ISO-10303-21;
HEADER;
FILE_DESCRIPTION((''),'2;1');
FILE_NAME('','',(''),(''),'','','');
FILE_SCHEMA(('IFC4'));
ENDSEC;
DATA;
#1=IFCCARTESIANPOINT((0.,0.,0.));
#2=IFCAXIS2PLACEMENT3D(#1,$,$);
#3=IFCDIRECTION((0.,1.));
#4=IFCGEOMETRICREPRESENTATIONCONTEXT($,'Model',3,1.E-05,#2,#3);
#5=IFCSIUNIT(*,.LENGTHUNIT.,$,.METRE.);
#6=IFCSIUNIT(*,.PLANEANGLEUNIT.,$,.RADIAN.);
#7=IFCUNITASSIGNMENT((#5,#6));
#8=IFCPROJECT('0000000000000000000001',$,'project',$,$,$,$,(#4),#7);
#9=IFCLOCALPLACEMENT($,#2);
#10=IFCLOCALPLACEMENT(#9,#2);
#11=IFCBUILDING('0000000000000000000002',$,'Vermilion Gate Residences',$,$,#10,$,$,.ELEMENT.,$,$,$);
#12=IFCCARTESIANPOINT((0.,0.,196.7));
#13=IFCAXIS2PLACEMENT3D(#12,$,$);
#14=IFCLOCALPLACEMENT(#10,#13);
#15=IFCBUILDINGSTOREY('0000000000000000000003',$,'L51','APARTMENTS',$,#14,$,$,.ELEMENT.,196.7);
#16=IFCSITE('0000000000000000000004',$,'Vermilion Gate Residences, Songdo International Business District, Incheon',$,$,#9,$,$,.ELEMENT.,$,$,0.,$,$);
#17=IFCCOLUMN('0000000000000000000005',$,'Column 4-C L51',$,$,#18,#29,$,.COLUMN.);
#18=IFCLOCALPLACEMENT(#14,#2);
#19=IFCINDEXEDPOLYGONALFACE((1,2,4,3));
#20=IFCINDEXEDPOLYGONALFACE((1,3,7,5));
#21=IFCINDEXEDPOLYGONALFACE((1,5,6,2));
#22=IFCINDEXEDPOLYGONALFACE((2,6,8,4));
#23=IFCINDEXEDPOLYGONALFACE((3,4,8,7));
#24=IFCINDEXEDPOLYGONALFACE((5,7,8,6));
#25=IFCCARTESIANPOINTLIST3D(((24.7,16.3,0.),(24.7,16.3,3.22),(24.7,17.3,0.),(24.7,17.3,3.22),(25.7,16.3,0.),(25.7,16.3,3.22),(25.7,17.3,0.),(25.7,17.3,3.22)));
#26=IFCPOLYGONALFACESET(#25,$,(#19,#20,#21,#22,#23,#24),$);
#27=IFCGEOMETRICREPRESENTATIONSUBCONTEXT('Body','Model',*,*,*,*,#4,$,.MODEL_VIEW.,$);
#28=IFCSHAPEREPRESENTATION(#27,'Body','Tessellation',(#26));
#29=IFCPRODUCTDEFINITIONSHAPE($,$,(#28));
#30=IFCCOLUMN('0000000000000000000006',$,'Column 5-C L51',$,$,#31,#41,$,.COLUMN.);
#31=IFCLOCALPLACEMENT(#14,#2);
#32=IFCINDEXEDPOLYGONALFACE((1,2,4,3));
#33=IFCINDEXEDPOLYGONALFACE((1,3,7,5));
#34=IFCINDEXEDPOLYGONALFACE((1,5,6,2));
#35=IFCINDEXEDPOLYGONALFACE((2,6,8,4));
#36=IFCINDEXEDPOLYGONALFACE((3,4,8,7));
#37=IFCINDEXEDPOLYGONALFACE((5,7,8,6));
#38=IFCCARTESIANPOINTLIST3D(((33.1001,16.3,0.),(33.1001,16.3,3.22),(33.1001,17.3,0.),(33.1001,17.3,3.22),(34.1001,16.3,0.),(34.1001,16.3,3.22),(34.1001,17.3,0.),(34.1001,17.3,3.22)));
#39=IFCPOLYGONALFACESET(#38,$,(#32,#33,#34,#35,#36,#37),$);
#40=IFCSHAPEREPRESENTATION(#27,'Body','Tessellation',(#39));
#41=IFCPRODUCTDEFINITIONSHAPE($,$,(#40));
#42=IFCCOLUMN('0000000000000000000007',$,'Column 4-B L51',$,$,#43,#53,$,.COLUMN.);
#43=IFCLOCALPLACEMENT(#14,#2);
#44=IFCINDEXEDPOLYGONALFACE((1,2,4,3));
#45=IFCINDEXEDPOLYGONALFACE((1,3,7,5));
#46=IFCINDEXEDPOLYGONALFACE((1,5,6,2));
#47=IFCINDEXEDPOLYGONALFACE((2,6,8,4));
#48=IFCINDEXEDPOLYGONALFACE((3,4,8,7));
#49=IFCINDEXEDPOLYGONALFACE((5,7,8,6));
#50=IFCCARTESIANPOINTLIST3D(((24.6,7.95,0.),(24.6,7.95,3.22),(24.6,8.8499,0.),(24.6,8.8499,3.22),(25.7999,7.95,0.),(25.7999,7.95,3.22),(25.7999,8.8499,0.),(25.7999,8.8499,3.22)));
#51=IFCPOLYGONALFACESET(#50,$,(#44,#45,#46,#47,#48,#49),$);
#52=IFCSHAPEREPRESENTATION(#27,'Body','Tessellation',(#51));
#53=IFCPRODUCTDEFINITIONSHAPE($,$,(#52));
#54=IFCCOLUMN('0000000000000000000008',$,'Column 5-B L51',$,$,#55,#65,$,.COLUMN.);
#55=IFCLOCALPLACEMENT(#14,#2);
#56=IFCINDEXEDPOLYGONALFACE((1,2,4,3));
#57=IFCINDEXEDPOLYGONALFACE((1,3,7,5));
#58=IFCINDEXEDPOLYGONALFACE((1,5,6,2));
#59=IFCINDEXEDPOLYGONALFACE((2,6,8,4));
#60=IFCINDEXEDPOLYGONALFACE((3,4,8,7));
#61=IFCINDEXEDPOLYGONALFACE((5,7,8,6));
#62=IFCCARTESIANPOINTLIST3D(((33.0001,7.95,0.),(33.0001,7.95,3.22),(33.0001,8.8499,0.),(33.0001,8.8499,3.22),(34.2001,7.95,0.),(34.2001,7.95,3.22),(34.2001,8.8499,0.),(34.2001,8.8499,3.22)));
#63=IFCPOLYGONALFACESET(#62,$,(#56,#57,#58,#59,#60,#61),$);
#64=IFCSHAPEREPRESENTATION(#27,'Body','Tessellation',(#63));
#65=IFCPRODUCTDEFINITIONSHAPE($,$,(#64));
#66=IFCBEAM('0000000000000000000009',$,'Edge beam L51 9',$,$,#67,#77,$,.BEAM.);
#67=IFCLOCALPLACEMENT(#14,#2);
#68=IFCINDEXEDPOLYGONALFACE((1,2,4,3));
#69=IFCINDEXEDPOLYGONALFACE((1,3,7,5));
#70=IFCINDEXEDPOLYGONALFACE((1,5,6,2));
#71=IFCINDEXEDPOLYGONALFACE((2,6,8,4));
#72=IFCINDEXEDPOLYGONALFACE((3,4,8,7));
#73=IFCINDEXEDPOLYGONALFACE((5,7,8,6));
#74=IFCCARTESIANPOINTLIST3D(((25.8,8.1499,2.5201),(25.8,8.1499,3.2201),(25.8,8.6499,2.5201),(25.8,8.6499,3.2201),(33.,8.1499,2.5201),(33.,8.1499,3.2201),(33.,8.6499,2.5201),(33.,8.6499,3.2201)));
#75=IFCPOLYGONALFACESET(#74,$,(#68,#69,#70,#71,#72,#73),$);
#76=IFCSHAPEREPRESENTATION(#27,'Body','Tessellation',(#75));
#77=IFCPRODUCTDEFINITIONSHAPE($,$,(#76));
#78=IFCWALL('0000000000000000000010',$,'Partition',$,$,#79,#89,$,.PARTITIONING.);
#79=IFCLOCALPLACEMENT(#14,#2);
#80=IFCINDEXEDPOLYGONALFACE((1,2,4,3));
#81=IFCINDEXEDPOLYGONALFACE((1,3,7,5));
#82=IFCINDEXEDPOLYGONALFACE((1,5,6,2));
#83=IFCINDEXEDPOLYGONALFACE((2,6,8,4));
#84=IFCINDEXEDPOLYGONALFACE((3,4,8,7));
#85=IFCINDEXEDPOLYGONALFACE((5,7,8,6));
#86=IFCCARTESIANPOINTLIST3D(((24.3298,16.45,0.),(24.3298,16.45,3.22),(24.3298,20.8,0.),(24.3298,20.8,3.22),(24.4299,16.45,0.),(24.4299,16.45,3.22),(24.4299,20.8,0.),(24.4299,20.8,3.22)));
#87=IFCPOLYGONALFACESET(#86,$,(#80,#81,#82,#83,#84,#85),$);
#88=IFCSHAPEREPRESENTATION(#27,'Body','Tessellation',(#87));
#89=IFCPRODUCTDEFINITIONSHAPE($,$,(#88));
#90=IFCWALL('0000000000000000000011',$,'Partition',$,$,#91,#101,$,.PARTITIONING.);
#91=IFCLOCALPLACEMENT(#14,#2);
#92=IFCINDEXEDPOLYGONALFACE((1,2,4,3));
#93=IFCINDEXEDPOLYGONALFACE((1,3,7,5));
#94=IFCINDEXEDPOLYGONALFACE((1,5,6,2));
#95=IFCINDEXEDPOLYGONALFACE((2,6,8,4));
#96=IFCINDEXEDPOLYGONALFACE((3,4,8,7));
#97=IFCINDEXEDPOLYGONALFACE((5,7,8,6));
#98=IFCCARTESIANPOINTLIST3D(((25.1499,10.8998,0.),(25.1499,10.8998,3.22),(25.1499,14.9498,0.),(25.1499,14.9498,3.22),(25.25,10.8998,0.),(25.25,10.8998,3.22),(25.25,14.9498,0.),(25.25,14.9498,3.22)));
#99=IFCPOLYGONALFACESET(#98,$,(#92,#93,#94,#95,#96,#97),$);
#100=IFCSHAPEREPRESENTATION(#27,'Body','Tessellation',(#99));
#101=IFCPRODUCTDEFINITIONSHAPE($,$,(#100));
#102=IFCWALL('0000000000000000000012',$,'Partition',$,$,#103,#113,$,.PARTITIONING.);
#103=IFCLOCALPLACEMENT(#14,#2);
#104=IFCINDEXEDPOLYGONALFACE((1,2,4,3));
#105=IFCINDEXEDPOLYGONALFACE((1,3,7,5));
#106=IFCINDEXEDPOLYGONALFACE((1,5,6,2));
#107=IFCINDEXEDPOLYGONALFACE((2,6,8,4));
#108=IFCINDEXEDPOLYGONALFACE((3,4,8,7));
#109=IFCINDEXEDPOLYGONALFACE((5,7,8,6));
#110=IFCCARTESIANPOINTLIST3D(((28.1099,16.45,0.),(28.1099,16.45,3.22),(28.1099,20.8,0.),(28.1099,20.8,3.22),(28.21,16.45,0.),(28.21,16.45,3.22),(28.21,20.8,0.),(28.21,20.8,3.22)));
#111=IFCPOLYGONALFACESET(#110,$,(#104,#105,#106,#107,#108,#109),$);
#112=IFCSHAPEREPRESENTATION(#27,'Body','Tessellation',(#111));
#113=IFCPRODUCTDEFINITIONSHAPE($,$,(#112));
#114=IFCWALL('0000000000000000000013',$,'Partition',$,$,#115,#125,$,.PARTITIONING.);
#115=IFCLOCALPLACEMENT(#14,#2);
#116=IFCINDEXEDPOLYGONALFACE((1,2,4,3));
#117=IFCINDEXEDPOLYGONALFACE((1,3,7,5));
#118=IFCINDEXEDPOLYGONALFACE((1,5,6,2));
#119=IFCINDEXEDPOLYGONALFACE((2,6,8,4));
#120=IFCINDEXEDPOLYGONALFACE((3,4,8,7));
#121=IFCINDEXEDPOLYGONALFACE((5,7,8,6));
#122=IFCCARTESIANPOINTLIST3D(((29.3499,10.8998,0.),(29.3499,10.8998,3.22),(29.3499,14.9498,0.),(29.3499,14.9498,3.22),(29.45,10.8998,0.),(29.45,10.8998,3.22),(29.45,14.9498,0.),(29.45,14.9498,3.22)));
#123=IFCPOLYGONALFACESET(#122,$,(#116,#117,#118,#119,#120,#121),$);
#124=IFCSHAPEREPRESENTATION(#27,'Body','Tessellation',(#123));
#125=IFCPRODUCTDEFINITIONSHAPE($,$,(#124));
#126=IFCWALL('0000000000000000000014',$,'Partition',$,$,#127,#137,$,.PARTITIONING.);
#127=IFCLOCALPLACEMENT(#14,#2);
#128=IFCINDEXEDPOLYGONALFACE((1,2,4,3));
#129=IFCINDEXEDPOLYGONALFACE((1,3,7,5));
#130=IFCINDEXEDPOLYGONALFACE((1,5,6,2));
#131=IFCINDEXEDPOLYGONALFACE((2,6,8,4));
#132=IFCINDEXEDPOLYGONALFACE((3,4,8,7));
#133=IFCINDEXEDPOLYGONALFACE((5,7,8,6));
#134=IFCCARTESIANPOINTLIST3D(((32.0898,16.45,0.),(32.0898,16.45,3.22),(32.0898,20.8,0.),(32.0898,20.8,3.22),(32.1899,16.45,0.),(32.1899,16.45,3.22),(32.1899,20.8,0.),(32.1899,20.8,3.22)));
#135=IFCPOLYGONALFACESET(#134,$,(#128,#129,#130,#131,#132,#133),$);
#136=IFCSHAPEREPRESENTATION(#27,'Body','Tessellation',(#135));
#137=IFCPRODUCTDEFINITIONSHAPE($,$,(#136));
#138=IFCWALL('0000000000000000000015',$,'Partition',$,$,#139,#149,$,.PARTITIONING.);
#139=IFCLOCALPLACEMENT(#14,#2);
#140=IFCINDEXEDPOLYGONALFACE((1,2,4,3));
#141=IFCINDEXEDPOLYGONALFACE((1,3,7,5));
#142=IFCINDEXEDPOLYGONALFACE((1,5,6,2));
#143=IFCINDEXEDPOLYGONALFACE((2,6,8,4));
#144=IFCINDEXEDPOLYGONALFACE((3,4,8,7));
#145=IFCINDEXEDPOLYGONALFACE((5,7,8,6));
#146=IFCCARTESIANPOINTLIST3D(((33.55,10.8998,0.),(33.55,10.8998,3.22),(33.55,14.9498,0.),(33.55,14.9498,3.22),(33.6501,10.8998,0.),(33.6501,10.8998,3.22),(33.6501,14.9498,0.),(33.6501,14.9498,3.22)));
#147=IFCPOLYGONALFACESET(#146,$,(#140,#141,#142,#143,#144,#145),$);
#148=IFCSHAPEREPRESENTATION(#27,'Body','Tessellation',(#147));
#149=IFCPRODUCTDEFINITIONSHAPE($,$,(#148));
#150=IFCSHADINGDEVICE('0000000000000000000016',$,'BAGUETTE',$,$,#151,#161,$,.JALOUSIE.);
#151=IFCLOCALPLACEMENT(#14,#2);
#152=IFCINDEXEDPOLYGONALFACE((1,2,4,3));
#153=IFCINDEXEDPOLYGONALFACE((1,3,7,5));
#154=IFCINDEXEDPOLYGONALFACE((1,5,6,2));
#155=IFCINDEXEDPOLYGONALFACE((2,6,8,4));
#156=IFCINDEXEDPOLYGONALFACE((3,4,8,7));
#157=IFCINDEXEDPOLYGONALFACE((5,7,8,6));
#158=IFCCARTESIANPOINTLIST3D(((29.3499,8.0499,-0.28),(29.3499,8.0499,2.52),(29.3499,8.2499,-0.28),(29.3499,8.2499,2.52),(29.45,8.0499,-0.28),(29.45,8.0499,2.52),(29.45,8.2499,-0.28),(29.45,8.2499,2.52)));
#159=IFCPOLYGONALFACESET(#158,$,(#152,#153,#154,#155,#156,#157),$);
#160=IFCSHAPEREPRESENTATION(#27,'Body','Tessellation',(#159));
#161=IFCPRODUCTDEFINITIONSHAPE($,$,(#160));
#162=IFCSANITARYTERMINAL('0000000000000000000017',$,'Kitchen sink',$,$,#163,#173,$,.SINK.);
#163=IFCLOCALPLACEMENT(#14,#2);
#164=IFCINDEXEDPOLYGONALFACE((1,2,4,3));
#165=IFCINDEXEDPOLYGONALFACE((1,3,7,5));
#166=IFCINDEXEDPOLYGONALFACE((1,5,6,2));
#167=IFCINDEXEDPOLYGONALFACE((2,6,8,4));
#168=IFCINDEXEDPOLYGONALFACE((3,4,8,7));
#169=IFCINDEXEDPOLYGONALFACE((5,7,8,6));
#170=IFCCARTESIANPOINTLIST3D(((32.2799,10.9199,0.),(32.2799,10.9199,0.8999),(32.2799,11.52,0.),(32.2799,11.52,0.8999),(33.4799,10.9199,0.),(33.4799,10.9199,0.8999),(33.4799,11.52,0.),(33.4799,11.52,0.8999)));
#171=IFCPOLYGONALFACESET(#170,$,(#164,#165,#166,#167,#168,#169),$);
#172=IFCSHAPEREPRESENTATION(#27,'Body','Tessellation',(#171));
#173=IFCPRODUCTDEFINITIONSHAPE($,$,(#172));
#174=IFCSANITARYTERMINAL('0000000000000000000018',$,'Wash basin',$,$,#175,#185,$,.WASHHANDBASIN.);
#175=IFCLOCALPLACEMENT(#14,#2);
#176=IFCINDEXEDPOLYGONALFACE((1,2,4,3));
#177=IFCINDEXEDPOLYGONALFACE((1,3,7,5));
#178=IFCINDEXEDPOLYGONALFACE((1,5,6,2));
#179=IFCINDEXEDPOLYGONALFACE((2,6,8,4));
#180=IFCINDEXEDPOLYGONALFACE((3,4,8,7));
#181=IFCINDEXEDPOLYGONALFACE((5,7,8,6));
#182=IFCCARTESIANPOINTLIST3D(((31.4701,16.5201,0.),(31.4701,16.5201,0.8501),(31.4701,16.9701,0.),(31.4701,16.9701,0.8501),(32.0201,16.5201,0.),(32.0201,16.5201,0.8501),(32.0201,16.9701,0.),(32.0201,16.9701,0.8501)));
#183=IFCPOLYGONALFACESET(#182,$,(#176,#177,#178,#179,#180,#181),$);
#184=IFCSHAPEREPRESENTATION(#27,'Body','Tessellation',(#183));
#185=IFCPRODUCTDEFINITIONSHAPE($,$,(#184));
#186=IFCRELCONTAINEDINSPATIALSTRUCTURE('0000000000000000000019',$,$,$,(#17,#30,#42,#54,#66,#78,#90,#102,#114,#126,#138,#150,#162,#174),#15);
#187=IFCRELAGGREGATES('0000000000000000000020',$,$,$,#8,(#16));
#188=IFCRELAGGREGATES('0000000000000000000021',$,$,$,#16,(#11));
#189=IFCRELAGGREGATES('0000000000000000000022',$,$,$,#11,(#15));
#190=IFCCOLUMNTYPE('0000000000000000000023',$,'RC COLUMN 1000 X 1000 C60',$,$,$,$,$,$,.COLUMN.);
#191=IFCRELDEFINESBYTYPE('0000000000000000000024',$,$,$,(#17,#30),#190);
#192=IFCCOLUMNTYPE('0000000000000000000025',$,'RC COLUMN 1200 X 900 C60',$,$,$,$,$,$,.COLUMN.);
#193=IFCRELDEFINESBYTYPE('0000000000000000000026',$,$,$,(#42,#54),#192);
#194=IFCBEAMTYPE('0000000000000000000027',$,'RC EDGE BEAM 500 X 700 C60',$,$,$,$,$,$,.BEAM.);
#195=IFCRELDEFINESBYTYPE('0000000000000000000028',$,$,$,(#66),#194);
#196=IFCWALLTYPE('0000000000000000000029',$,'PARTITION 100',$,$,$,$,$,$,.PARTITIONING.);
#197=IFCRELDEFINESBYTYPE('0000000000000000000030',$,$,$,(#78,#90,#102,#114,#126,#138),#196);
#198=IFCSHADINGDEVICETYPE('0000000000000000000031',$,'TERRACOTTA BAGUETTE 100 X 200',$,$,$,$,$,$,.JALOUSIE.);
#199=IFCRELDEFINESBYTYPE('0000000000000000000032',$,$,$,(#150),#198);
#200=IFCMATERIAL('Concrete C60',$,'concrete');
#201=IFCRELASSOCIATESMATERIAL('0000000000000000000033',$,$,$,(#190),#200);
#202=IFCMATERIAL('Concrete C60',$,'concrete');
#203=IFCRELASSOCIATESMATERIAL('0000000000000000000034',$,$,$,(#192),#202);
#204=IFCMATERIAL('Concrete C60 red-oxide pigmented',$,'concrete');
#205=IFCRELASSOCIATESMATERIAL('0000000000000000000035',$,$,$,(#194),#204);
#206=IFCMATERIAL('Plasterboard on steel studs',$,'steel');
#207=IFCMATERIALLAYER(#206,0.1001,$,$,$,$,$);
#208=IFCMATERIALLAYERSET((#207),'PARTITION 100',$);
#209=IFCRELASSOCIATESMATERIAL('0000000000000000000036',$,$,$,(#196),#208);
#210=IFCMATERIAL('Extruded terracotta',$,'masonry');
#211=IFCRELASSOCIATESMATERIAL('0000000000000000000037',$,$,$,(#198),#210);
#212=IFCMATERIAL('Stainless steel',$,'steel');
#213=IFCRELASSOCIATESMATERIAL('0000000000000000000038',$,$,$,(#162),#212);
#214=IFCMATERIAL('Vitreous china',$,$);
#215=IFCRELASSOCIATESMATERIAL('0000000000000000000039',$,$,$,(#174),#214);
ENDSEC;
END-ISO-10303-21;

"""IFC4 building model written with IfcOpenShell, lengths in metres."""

from ifc_helpers import new_model, si_unit, direction, frame, frame_2d, origin, origin_2d, place, context, subcontext, project, spatial, rectangle, extrude, material, layer, layer_set, material_profile, profile_set, type_object, element, save


model = new_model("IFC4")

# Units and contexts
model_context = context("Model", 3, precision=1e-05, world=origin(), true_north=direction((0.0, 1.0)))
body_context = subcontext(model_context, "Body", "Model", "MODEL_VIEW")
ifc_project = project(units=[si_unit("LENGTHUNIT", "METRE"), si_unit("PLANEANGLEUNIT", "RADIAN")], contexts=[model_context])

# Site, building, storey
site_placement = place(None, origin())
site = spatial("IfcSite", under=ifc_project, at=site_placement, Name="Vermilion Gate Residences, Songdo International Business District, Incheon", CompositionType="ELEMENT", RefElevation=0.0)
building_placement = place(site_placement, origin())
building = spatial("IfcBuilding", under=site, at=building_placement, Name="Vermilion Gate Residences", CompositionType="ELEMENT")
storey_placement = place(building_placement, frame((0.0, 0.0, 196.7)))
storey = spatial("IfcBuildingStorey", under=building, at=storey_placement, Name="L51", Description="APARTMENTS", CompositionType="ELEMENT", Elevation=196.7)

# Columns
ifc_material_1 = material(Name="Concrete C60", Category="concrete")
ifc_material_profile_1 = material_profile(ifc_material_1, rectangle(XDim=1.0, YDim=1.0, at=origin_2d()), Name="RC-1000x1000")
ifc_profile_set_1 = profile_set([ifc_material_profile_1], Name="Concrete C60")
column_type_1 = type_object("IfcColumnType", Name="RC COLUMN 1000 X 1000 C60", PredefinedType="COLUMN", material=ifc_profile_set_1)
for number, where, z_axis, x_axis, name in (
    (1, (25.2, 16.8, 0.0), (0.0, 0.0, 1.0), (1.0, 0.0, 0.0), "Column 4-C L51"),
    (2, (33.6001, 16.8, 0.0), (0.0, 0.0, 1.0), (1.0, 0.0, 0.0), "Column 5-C L51"),
):
    element("IfcColumn", number, at=place(storey_placement, frame(where, z_axis=z_axis, x_axis=x_axis)), inside=storey, type_object=column_type_1, Name=name, PredefinedType="COLUMN", context=body_context, shape_type="SweptSolid", body=[
        extrude(rectangle(XDim=1.0, YDim=1.0, at=origin_2d()), origin(), (0.0, 0.0, 1.0), 3.22),
    ])
ifc_material_2 = material(Name="Concrete C60", Category="concrete")
ifc_material_profile_2 = material_profile(ifc_material_2, rectangle(XDim=1.2, YDim=0.8999, at=origin_2d()), Name="RC-1200x900")
ifc_profile_set_2 = profile_set([ifc_material_profile_2], Name="Concrete C60")
column_type_2 = type_object("IfcColumnType", Name="RC COLUMN 1200 X 900 C60", PredefinedType="COLUMN", material=ifc_profile_set_2)
for number, where, z_axis, x_axis, name in (
    (3, (25.2, 8.3999, 0.0), (0.0, 0.0, 1.0), (1.0, 0.0, 0.0), "Column 4-B L51"),
    (4, (33.6001, 8.3999, 0.0), (0.0, 0.0, 1.0), (1.0, 0.0, 0.0), "Column 5-B L51"),
):
    element("IfcColumn", number, at=place(storey_placement, frame(where, z_axis=z_axis, x_axis=x_axis)), inside=storey, type_object=column_type_2, Name=name, PredefinedType="COLUMN", context=body_context, shape_type="SweptSolid", body=[
        extrude(rectangle(XDim=1.2, YDim=0.8999, at=origin_2d()), origin(), (0.0, 0.0, 1.0), 3.22),
    ])

# Beam
ifc_material_3 = material(Name="Concrete C60 red-oxide pigmented", Category="concrete")
ifc_material_profile_3 = material_profile(ifc_material_3, rectangle(XDim=0.5, YDim=0.7, at=origin_2d()), Name="RC-500x700")
ifc_profile_set_3 = profile_set([ifc_material_profile_3], Name="Concrete C60 red-oxide pigmented")
beam_type = type_object("IfcBeamType", Name="RC EDGE BEAM 500 X 700 C60", PredefinedType="BEAM", material=ifc_profile_set_3)
beam_placement = place(storey_placement, frame((25.8, 8.3999, 2.8701), z_axis=(1.0, 0.0, 0.0), x_axis=(0.0, 1.0, 0.0)))
element("IfcBeam", 5, at=beam_placement, inside=storey, type_object=beam_type, Name="Edge beam L51 9", PredefinedType="BEAM", context=body_context, shape_type="SweptSolid", body=[
    extrude(rectangle(XDim=0.5, YDim=0.7, at=origin_2d()), origin(), (0.0, 0.0, 1.0), 7.2),
])

# Walls
ifc_material_4 = material(Name="Plasterboard on steel studs", Category="steel")
ifc_layer = layer(ifc_material_4, 0.1001)
ifc_layer_set = layer_set([ifc_layer], Name="PARTITION 100")
wall_type = type_object("IfcWallType", Name="PARTITION 100", PredefinedType="PARTITIONING", material=ifc_layer_set)
wall_1_placement = place(storey_placement, frame((24.3799, 16.45, 0.0), z_axis=(0.0, 0.0, 1.0), x_axis=(0.0, 1.0, 0.0)))
element("IfcWall", 6, at=wall_1_placement, inside=storey, type_object=wall_type, Name="Partition", PredefinedType="PARTITIONING", context=body_context, shape_type="SweptSolid", body=[
    extrude(rectangle(XDim=4.3501, YDim=0.1001, at=frame_2d((2.175, 0.0))), origin(), (0.0, 0.0, 1.0), 3.22),
])
wall_2_placement = place(storey_placement, frame((25.2, 10.8999, 0.0), z_axis=(0.0, 0.0, 1.0), x_axis=(0.0, 1.0, 0.0)))
element("IfcWall", 7, at=wall_2_placement, inside=storey, type_object=wall_type, Name="Partition", PredefinedType="PARTITIONING", context=body_context, shape_type="SweptSolid", body=[
    extrude(rectangle(XDim=4.05, YDim=0.1001, at=frame_2d((2.0249, 0.0))), origin(), (0.0, 0.0, 1.0), 3.22),
])
wall_3_placement = place(storey_placement, frame((28.1599, 16.45, 0.0), z_axis=(0.0, 0.0, 1.0), x_axis=(0.0, 1.0, 0.0)))
element("IfcWall", 8, at=wall_3_placement, inside=storey, type_object=wall_type, Name="Partition", PredefinedType="PARTITIONING", context=body_context, shape_type="SweptSolid", body=[
    extrude(rectangle(XDim=4.3501, YDim=0.1001, at=frame_2d((2.175, 0.0))), origin(), (0.0, 0.0, 1.0), 3.22),
])
wall_4_placement = place(storey_placement, frame((29.3999, 10.8999, 0.0), z_axis=(0.0, 0.0, 1.0), x_axis=(0.0, 1.0, 0.0)))
element("IfcWall", 9, at=wall_4_placement, inside=storey, type_object=wall_type, Name="Partition", PredefinedType="PARTITIONING", context=body_context, shape_type="SweptSolid", body=[
    extrude(rectangle(XDim=4.05, YDim=0.1001, at=frame_2d((2.0249, 0.0))), origin(), (0.0, 0.0, 1.0), 3.22),
])
wall_5_placement = place(storey_placement, frame((32.1399, 16.45, 0.0), z_axis=(0.0, 0.0, 1.0), x_axis=(0.0, 1.0, 0.0)))
element("IfcWall", 10, at=wall_5_placement, inside=storey, type_object=wall_type, Name="Partition", PredefinedType="PARTITIONING", context=body_context, shape_type="SweptSolid", body=[
    extrude(rectangle(XDim=4.3501, YDim=0.1001, at=frame_2d((2.175, 0.0))), origin(), (0.0, 0.0, 1.0), 3.22),
])
wall_6_placement = place(storey_placement, frame((33.6001, 10.8999, 0.0), z_axis=(0.0, 0.0, 1.0), x_axis=(0.0, 1.0, 0.0)))
element("IfcWall", 11, at=wall_6_placement, inside=storey, type_object=wall_type, Name="Partition", PredefinedType="PARTITIONING", context=body_context, shape_type="SweptSolid", body=[
    extrude(rectangle(XDim=4.05, YDim=0.1001, at=frame_2d((2.0249, 0.0))), origin(), (0.0, 0.0, 1.0), 3.22),
])

# Shading device
ifc_material_5 = material(Name="Extruded terracotta", Category="masonry")
ifc_material_profile_4 = material_profile(ifc_material_5, rectangle(XDim=0.2, YDim=0.1001, at=origin_2d()), Name="BAGUETTE 100 X 200")
ifc_profile_set_4 = profile_set([ifc_material_profile_4], Name="Extruded terracotta")
shading_device_type = type_object("IfcShadingDeviceType", Name="TERRACOTTA BAGUETTE 100 X 200", PredefinedType="JALOUSIE", material=ifc_profile_set_4)
shading_device_placement = place(storey_placement, frame((29.3999, 8.1499, -0.28), z_axis=(0.0, 0.0, 1.0), x_axis=(0.0, 1.0, 0.0)))
element("IfcShadingDevice", 12, at=shading_device_placement, inside=storey, type_object=shading_device_type, Name="BAGUETTE", PredefinedType="JALOUSIE", context=body_context, shape_type="SweptSolid", body=[
    extrude(rectangle(XDim=0.2, YDim=0.1001, at=origin_2d()), origin(), (0.0, 0.0, 1.0), 2.8),
])

# Sanitary terminals
ifc_material_6 = material(Name="Stainless steel", Category="steel")
sanitary_terminal_placement = place(storey_placement, frame((32.8799, 11.22, 0.0), z_axis=(0.0, 0.0, 1.0), x_axis=(1.0, 0.0, 0.0)))
element("IfcSanitaryTerminal", 13, at=sanitary_terminal_placement, inside=storey, material=ifc_material_6, Name="Kitchen sink", PredefinedType="SINK", context=body_context, shape_type="SweptSolid", body=[
    extrude(rectangle(XDim=1.2, YDim=0.6001, at=origin_2d()), origin(), (0.0, 0.0, 1.0), 0.8999),
])
ifc_material_7 = material(Name="Vitreous china")
for number, where, z_axis, x_axis, name in (
    (14, (31.7451, 16.7451, 0.0), (0.0, 0.0, 1.0), (1.0, 0.0, 0.0), "Wash basin"),
):
    element("IfcSanitaryTerminal", number, at=place(storey_placement, frame(where, z_axis=z_axis, x_axis=x_axis)), inside=storey, material=ifc_material_7, Name=name, PredefinedType="WASHHANDBASIN", context=body_context, shape_type="SweptSolid", body=[
        extrude(rectangle(XDim=0.55, YDim=0.45, at=origin_2d()), origin(), (0.0, 0.0, 1.0), 0.8501),
    ])

save(model, "model.ifc")
